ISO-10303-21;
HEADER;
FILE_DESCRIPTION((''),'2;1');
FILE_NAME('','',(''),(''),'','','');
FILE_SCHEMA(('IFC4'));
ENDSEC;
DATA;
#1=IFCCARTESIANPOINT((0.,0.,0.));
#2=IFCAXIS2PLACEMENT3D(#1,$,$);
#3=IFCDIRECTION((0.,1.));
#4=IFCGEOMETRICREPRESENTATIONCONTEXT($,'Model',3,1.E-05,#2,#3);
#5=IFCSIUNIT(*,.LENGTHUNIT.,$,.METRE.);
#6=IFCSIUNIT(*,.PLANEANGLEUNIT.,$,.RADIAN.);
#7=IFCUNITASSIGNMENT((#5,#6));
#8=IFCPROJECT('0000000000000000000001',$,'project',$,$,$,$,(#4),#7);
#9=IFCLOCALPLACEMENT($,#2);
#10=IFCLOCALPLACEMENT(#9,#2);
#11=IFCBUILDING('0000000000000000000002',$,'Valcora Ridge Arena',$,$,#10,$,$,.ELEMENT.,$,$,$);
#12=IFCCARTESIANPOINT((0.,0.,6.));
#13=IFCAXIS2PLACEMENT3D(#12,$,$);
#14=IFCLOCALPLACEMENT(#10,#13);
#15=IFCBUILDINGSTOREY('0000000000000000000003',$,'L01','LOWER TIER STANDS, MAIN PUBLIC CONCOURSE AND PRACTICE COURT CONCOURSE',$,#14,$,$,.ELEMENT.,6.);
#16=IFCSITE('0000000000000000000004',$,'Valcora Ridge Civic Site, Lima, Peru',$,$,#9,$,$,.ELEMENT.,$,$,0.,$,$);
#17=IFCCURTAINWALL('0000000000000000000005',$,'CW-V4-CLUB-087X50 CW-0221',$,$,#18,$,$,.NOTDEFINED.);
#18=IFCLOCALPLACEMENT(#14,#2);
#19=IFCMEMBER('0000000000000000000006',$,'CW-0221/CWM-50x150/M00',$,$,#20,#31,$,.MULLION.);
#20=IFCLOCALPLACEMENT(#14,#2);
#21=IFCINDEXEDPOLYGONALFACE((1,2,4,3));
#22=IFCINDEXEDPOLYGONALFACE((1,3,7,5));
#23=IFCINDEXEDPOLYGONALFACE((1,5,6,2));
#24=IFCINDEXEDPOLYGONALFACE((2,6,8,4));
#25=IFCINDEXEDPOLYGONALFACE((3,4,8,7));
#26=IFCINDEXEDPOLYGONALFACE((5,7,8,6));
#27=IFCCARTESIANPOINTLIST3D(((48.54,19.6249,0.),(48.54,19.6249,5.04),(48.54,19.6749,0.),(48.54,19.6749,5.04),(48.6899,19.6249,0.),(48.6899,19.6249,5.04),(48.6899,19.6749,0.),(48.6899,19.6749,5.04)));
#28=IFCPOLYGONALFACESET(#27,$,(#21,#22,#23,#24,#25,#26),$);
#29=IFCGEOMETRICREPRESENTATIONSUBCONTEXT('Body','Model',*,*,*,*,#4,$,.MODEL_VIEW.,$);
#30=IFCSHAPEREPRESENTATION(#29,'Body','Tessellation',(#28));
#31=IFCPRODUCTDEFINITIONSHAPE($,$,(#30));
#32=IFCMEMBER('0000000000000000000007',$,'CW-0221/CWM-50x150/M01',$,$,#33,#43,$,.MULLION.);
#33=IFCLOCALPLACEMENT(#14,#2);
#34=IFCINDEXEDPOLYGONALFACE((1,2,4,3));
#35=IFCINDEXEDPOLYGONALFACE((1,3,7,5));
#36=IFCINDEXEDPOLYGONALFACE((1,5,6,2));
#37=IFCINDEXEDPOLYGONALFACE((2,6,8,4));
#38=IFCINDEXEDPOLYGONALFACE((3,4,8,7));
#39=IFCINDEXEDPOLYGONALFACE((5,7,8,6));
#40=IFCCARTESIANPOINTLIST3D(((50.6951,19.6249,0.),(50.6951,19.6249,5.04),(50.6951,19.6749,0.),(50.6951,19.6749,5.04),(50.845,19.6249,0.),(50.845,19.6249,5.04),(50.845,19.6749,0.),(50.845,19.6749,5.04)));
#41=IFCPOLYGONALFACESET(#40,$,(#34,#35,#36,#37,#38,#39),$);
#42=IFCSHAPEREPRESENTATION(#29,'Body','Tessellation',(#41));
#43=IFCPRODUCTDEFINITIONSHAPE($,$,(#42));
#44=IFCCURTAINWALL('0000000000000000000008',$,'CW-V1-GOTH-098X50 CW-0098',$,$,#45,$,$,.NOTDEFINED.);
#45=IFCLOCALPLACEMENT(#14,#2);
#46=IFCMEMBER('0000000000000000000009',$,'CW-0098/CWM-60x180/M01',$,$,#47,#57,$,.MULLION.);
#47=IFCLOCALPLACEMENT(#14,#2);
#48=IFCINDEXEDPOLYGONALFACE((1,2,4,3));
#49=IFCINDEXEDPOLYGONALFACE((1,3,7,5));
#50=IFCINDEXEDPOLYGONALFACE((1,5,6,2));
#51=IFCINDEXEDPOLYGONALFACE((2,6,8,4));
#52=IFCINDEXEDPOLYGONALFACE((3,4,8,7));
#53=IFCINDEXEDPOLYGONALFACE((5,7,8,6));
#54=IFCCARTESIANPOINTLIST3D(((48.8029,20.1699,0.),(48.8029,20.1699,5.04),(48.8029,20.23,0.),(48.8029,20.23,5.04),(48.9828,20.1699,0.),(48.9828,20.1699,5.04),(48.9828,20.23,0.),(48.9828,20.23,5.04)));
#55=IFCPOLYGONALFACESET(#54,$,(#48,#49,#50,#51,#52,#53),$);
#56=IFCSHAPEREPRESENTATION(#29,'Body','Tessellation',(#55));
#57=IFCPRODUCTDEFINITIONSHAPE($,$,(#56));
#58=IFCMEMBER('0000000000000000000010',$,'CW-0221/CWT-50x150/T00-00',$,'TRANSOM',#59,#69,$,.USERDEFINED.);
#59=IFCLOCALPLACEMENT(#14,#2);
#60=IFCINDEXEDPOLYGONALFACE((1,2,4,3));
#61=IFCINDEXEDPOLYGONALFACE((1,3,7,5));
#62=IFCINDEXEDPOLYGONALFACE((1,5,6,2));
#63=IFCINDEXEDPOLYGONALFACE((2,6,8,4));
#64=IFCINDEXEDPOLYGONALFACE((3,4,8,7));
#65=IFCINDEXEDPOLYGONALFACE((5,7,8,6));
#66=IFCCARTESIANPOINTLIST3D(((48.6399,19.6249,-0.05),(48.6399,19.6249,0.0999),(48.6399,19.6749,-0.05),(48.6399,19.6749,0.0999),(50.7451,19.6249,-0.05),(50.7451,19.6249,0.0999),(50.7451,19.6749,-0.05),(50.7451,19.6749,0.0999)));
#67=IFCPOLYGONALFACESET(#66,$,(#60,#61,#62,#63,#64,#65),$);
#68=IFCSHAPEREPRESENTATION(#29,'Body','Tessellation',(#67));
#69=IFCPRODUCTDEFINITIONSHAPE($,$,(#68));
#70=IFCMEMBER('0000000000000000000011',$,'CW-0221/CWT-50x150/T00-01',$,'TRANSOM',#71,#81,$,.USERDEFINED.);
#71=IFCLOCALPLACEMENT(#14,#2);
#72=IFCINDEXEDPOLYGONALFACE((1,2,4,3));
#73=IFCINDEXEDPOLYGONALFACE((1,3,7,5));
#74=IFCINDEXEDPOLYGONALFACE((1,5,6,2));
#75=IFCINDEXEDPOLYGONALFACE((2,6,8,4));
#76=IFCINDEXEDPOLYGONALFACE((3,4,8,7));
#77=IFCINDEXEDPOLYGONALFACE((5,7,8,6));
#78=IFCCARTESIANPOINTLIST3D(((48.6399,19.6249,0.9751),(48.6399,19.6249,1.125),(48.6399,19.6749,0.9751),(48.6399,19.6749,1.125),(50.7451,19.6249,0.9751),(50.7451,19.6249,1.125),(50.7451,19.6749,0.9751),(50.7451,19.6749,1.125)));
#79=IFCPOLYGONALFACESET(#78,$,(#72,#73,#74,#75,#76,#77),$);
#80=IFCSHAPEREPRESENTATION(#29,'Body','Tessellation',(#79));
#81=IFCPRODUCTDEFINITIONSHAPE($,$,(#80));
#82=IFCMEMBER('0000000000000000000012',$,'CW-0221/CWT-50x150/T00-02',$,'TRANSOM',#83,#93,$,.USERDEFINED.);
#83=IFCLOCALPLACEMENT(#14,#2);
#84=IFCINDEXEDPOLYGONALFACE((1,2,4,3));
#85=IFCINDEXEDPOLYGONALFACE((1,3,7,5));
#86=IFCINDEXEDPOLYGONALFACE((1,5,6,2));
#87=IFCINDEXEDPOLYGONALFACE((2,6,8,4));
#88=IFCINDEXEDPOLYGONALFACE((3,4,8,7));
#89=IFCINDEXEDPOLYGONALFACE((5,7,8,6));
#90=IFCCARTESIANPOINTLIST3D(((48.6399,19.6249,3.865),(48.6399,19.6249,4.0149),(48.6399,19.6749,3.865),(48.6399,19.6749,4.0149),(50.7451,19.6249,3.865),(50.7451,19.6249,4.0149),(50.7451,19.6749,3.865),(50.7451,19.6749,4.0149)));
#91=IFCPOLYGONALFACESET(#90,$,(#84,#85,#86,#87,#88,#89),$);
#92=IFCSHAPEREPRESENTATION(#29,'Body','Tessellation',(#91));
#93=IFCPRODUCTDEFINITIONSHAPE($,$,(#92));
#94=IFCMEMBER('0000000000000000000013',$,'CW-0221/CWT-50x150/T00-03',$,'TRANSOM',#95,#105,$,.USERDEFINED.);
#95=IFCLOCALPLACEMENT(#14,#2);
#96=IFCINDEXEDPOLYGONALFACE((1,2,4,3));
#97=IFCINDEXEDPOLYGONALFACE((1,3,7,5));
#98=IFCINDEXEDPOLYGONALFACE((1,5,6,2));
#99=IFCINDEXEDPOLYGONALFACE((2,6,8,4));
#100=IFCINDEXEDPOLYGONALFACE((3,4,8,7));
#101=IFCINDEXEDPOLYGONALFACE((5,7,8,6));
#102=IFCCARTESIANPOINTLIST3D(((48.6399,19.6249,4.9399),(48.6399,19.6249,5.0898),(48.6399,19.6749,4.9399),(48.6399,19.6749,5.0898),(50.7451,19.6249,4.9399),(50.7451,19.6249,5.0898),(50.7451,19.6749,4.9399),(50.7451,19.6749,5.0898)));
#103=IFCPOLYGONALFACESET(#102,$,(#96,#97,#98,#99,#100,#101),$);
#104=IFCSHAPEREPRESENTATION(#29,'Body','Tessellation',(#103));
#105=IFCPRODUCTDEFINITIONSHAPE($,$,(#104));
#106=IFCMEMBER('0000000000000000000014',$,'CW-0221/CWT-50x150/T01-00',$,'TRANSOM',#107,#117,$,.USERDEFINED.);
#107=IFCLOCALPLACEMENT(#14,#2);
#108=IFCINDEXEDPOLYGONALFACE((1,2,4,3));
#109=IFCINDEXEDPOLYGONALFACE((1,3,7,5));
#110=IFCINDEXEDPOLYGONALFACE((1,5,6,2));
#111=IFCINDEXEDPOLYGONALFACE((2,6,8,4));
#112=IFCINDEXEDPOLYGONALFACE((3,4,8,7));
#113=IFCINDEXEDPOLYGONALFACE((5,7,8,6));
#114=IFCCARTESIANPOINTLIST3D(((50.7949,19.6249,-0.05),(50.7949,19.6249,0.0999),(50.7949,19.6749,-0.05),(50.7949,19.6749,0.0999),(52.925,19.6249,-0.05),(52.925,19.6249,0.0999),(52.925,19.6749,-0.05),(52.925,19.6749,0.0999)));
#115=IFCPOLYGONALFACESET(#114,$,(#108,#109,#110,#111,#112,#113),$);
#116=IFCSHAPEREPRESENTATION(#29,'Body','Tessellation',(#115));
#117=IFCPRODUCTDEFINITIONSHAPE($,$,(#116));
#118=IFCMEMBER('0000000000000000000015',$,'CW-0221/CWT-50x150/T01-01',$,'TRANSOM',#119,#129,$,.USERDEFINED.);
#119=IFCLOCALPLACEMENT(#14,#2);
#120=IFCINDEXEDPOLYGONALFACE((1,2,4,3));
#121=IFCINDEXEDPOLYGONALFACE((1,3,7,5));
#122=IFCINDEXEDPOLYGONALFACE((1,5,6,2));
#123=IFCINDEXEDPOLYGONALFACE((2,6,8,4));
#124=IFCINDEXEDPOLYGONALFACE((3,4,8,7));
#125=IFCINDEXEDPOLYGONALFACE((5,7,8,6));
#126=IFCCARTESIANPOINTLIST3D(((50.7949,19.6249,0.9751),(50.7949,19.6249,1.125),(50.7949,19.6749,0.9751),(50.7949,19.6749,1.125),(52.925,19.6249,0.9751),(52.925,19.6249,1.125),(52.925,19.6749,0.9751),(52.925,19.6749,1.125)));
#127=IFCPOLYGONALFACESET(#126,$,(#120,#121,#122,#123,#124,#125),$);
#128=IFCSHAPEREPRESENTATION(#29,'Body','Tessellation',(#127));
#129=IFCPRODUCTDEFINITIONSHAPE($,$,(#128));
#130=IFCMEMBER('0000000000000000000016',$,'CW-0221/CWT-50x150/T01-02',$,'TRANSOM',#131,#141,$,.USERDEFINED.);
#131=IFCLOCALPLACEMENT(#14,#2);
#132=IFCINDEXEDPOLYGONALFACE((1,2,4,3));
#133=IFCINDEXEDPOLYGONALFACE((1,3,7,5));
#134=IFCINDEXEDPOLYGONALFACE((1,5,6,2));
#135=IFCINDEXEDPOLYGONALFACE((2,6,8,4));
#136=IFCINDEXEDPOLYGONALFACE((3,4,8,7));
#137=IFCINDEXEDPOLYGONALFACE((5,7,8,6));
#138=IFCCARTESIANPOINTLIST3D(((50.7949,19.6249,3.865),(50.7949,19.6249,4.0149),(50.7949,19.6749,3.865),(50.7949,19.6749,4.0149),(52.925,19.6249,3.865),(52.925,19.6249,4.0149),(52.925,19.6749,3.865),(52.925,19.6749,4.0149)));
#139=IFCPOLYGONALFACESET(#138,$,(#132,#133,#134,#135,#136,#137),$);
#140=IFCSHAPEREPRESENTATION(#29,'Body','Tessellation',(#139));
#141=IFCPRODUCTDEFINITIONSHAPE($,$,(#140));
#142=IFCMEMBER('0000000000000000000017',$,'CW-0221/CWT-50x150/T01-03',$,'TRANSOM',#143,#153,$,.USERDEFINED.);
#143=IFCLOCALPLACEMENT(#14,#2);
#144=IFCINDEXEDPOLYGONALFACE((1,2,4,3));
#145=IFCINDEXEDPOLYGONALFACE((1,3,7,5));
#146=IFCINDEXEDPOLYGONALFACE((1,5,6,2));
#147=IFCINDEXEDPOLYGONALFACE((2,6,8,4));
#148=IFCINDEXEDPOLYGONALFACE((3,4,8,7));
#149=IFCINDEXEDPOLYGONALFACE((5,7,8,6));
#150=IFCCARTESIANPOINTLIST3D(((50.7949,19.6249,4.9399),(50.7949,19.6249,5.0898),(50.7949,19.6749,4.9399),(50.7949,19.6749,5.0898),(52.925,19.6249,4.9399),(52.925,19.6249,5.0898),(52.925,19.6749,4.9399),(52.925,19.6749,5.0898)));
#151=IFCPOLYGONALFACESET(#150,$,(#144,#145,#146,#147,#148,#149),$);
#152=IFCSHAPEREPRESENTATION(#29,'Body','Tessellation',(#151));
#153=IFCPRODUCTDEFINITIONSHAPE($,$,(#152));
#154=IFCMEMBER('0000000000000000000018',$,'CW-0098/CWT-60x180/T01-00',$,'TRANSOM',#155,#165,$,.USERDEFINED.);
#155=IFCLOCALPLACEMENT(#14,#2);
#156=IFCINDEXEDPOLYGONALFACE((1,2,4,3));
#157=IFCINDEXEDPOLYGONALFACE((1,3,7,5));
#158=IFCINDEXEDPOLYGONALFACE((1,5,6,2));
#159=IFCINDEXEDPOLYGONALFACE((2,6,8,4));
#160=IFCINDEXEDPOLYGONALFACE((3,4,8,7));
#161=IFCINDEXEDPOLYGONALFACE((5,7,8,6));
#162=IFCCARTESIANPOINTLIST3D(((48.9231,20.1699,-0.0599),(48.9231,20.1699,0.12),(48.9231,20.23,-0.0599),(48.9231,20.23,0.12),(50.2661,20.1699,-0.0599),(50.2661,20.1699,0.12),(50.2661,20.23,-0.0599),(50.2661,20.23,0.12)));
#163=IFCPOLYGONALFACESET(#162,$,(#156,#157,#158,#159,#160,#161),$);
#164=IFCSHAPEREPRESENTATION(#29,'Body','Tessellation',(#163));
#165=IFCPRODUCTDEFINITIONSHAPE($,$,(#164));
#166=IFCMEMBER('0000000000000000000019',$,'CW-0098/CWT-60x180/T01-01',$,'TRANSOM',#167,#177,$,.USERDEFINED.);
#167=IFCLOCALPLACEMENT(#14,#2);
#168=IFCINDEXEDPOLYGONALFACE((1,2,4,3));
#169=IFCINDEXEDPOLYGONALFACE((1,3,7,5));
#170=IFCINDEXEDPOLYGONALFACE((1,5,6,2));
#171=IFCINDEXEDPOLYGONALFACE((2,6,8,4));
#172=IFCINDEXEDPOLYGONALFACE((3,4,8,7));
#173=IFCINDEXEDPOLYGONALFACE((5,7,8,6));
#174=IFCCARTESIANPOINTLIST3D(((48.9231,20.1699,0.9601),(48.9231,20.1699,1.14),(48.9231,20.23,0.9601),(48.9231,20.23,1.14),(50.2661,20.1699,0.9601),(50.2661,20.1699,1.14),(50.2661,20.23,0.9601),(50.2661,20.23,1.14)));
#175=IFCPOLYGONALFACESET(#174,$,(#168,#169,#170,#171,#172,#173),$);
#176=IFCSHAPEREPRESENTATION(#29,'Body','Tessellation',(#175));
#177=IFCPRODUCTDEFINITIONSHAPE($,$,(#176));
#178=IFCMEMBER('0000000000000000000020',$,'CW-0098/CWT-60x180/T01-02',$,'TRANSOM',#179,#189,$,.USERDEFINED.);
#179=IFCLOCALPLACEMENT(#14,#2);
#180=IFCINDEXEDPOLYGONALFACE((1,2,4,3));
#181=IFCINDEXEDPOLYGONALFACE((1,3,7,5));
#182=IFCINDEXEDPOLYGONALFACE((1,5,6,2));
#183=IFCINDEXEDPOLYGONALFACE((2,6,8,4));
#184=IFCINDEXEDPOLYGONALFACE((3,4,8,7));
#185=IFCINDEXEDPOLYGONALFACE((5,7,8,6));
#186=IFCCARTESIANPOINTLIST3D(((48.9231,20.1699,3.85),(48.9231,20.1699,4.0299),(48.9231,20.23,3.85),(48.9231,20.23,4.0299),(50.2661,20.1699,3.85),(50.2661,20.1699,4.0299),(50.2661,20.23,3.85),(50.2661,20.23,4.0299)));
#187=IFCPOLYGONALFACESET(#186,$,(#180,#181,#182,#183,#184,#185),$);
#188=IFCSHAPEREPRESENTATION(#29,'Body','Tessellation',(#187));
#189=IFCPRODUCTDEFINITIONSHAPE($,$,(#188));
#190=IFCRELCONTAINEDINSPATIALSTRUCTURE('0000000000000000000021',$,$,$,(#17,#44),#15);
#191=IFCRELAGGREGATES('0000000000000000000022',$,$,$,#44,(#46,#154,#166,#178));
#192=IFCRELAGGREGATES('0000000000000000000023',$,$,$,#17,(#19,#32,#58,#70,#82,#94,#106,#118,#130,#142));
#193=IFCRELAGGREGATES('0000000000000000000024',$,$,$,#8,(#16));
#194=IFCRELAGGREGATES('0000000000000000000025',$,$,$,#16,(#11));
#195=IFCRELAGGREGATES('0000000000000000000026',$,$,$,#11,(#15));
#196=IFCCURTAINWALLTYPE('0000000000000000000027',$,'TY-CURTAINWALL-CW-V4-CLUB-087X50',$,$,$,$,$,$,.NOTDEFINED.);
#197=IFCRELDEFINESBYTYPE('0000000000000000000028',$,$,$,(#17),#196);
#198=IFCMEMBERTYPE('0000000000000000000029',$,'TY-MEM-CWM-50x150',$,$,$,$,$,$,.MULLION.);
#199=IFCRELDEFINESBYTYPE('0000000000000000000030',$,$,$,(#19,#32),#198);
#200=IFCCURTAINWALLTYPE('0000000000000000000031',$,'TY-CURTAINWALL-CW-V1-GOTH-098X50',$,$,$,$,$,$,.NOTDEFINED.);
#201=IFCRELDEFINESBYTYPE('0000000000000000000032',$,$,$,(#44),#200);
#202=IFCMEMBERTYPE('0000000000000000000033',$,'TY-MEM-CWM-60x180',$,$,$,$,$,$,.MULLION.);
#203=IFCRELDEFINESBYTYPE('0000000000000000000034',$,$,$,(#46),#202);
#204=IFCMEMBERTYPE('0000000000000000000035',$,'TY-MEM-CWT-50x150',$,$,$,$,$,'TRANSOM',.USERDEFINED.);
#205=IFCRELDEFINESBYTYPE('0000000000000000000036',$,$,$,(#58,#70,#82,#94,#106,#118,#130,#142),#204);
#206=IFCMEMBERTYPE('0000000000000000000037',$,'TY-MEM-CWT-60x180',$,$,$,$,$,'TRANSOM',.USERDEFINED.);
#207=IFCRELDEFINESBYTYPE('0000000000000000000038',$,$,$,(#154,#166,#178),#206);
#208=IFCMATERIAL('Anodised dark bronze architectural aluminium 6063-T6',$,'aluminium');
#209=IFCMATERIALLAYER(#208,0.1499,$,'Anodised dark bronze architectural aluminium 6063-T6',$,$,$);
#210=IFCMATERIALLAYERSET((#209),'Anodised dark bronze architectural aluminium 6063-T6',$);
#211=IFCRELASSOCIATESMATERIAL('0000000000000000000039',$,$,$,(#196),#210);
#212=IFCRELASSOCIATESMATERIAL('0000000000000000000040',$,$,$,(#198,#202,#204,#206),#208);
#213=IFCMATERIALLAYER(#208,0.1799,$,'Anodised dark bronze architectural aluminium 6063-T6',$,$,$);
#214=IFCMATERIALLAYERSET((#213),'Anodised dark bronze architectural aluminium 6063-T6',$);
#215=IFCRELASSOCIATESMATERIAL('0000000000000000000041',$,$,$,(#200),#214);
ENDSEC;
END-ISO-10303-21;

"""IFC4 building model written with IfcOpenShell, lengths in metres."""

from ifc_helpers import new_model, si_unit, direction, frame, origin, origin_2d, place, context, subcontext, project, spatial, rectangle, extrude, material, layer, layer_set, material_profile, profile_set, type_object, element, aggregate, save


model = new_model("IFC4")

# Units and contexts
model_context = context("Model", 3, precision=1e-05, world=origin(), true_north=direction((0.0, 1.0)))
body_context = subcontext(model_context, "Body", "Model", "MODEL_VIEW")
ifc_project = project(units=[si_unit("LENGTHUNIT", "METRE"), si_unit("PLANEANGLEUNIT", "RADIAN")], contexts=[model_context])

# Site, building, storey
site_placement = place(None, origin())
site = spatial("IfcSite", under=ifc_project, at=site_placement, Name="Valcora Ridge Civic Site, Lima, Peru", CompositionType="ELEMENT", RefElevation=0.0)
building_placement = place(site_placement, origin())
building = spatial("IfcBuilding", under=site, at=building_placement, Name="Valcora Ridge Arena", CompositionType="ELEMENT")
storey_placement = place(building_placement, frame((0.0, 0.0, 6.0)))
storey = spatial("IfcBuildingStorey", under=building, at=storey_placement, Name="L01", Description="LOWER TIER STANDS, MAIN PUBLIC CONCOURSE AND PRACTICE COURT CONCOURSE", CompositionType="ELEMENT", Elevation=6.0)

# Curtain wall, members
ifc_material_1 = material(Name="Anodised dark bronze architectural aluminium 6063-T6", Category="aluminium")
ifc_layer_1 = layer(ifc_material_1, 0.1499, Name="Anodised dark bronze architectural aluminium 6063-T6")
ifc_layer_set_1 = layer_set([ifc_layer_1], Name="Anodised dark bronze architectural aluminium 6063-T6")
curtain_wall_type_1 = type_object("IfcCurtainWallType", Name="TY-CURTAINWALL-CW-V4-CLUB-087X50", PredefinedType="NOTDEFINED", material=ifc_layer_set_1)
curtain_wall_1_placement = place(storey_placement, origin())
curtain_wall_1 = element("IfcCurtainWall", 1, at=curtain_wall_1_placement, inside=storey, type_object=curtain_wall_type_1, Name="CW-V4-CLUB-087X50 CW-0221", PredefinedType="NOTDEFINED")
ifc_material_profile_1 = material_profile(ifc_material_1, rectangle(XDim=0.05, YDim=0.1499, at=origin_2d()), Name="ALU MULLION 50x150")
ifc_profile_set_1 = profile_set([ifc_material_profile_1], Name="Anodised dark bronze architectural aluminium 6063-T6")
member_type_1 = type_object("IfcMemberType", Name="TY-MEM-CWM-50x150", PredefinedType="MULLION", material=ifc_profile_set_1)
member_1_placement = place(storey_placement, frame((48.615, 19.6499, 0.0), z_axis=(0.0, 0.0, 1.0), x_axis=(0.0, 1.0, 0.0)))
member_1 = element("IfcMember", 2, at=member_1_placement, type_object=member_type_1, Name="CW-0221/CWM-50x150/M00", PredefinedType="MULLION", context=body_context, shape_type="SweptSolid", body=[
    extrude(rectangle(XDim=0.05, YDim=0.1499, at=origin_2d()), origin(), (0.0, 0.0, 1.0), 5.04),
])
member_2_placement = place(storey_placement, frame((50.77, 19.6499, 0.0), z_axis=(0.0, 0.0, 1.0), x_axis=(0.0, 1.0, 0.0)))
member_2 = element("IfcMember", 3, at=member_2_placement, type_object=member_type_1, Name="CW-0221/CWM-50x150/M01", PredefinedType="MULLION", context=body_context, shape_type="SweptSolid", body=[
    extrude(rectangle(XDim=0.05, YDim=0.1499, at=origin_2d()), origin(), (0.0, 0.0, 1.0), 5.04),
])

# Curtain wall, member
ifc_layer_2 = layer(ifc_material_1, 0.1799, Name="Anodised dark bronze architectural aluminium 6063-T6")
ifc_layer_set_2 = layer_set([ifc_layer_2], Name="Anodised dark bronze architectural aluminium 6063-T6")
curtain_wall_type_2 = type_object("IfcCurtainWallType", Name="TY-CURTAINWALL-CW-V1-GOTH-098X50", PredefinedType="NOTDEFINED", material=ifc_layer_set_2)
curtain_wall_2_placement = place(storey_placement, origin())
curtain_wall_2 = element("IfcCurtainWall", 4, at=curtain_wall_2_placement, inside=storey, type_object=curtain_wall_type_2, Name="CW-V1-GOTH-098X50 CW-0098", PredefinedType="NOTDEFINED")
ifc_material_profile_2 = material_profile(ifc_material_1, rectangle(XDim=0.0601, YDim=0.1799, at=origin_2d()), Name="ALU MULLION 60x180")
ifc_profile_set_2 = profile_set([ifc_material_profile_2], Name="Anodised dark bronze architectural aluminium 6063-T6")
member_type_2 = type_object("IfcMemberType", Name="TY-MEM-CWM-60x180", PredefinedType="MULLION", material=ifc_profile_set_2)
member_3_placement = place(storey_placement, frame((48.8928, 20.2, 0.0), z_axis=(0.0, 0.0, 1.0), x_axis=(0.0, 1.0, 0.0)))
member_3 = element("IfcMember", 5, at=member_3_placement, type_object=member_type_2, Name="CW-0098/CWM-60x180/M01", PredefinedType="MULLION", context=body_context, shape_type="SweptSolid", body=[
    extrude(rectangle(XDim=0.0601, YDim=0.1799, at=origin_2d()), origin(), (0.0, 0.0, 1.0), 5.04),
])

# Members
ifc_material_profile_3 = material_profile(ifc_material_1, rectangle(XDim=0.05, YDim=0.1499, at=origin_2d()), Name="ALU TRANSOM 50x150")
ifc_profile_set_3 = profile_set([ifc_material_profile_3], Name="Anodised dark bronze architectural aluminium 6063-T6")
member_type_3 = type_object("IfcMemberType", Name="TY-MEM-CWT-50x150", ElementType="TRANSOM", PredefinedType="USERDEFINED", material=ifc_profile_set_3)
member_4_placement = place(storey_placement, frame((48.6399, 19.6499, 0.0249), z_axis=(1.0, 0.0, 0.0), x_axis=(0.0, 1.0, 0.0)))
member_4 = element("IfcMember", 6, at=member_4_placement, type_object=member_type_3, Name="CW-0221/CWT-50x150/T00-00", ObjectType="TRANSOM", PredefinedType="USERDEFINED", context=body_context, shape_type="SweptSolid", body=[
    extrude(rectangle(XDim=0.05, YDim=0.1499, at=origin_2d()), origin(), (0.0, 0.0, 1.0), 2.1052),
])
member_5_placement = place(storey_placement, frame((48.6399, 19.6499, 1.05), z_axis=(1.0, 0.0, 0.0), x_axis=(0.0, 1.0, 0.0)))
member_5 = element("IfcMember", 7, at=member_5_placement, type_object=member_type_3, Name="CW-0221/CWT-50x150/T00-01", ObjectType="TRANSOM", PredefinedType="USERDEFINED", context=body_context, shape_type="SweptSolid", body=[
    extrude(rectangle(XDim=0.05, YDim=0.1499, at=origin_2d()), origin(), (0.0, 0.0, 1.0), 2.1052),
])
member_6_placement = place(storey_placement, frame((48.6399, 19.6499, 3.9399), z_axis=(1.0, 0.0, 0.0), x_axis=(0.0, 1.0, 0.0)))
member_6 = element("IfcMember", 8, at=member_6_placement, type_object=member_type_3, Name="CW-0221/CWT-50x150/T00-02", ObjectType="TRANSOM", PredefinedType="USERDEFINED", context=body_context, shape_type="SweptSolid", body=[
    extrude(rectangle(XDim=0.05, YDim=0.1499, at=origin_2d()), origin(), (0.0, 0.0, 1.0), 2.1052),
])
member_7_placement = place(storey_placement, frame((48.6399, 19.6499, 5.0149), z_axis=(1.0, 0.0, 0.0), x_axis=(0.0, 1.0, 0.0)))
member_7 = element("IfcMember", 9, at=member_7_placement, type_object=member_type_3, Name="CW-0221/CWT-50x150/T00-03", ObjectType="TRANSOM", PredefinedType="USERDEFINED", context=body_context, shape_type="SweptSolid", body=[
    extrude(rectangle(XDim=0.05, YDim=0.1499, at=origin_2d()), origin(), (0.0, 0.0, 1.0), 2.1052),
])
member_8_placement = place(storey_placement, frame((50.7949, 19.6499, 0.0249), z_axis=(1.0, 0.0, 0.0), x_axis=(0.0, 1.0, 0.0)))
member_8 = element("IfcMember", 10, at=member_8_placement, type_object=member_type_3, Name="CW-0221/CWT-50x150/T01-00", ObjectType="TRANSOM", PredefinedType="USERDEFINED", context=body_context, shape_type="SweptSolid", body=[
    extrude(rectangle(XDim=0.05, YDim=0.1499, at=origin_2d()), origin(), (0.0, 0.0, 1.0), 2.1301),
])
member_9_placement = place(storey_placement, frame((50.7949, 19.6499, 1.05), z_axis=(1.0, 0.0, 0.0), x_axis=(0.0, 1.0, 0.0)))
member_9 = element("IfcMember", 11, at=member_9_placement, type_object=member_type_3, Name="CW-0221/CWT-50x150/T01-01", ObjectType="TRANSOM", PredefinedType="USERDEFINED", context=body_context, shape_type="SweptSolid", body=[
    extrude(rectangle(XDim=0.05, YDim=0.1499, at=origin_2d()), origin(), (0.0, 0.0, 1.0), 2.1301),
])
member_10_placement = place(storey_placement, frame((50.7949, 19.6499, 3.9399), z_axis=(1.0, 0.0, 0.0), x_axis=(0.0, 1.0, 0.0)))
member_10 = element("IfcMember", 12, at=member_10_placement, type_object=member_type_3, Name="CW-0221/CWT-50x150/T01-02", ObjectType="TRANSOM", PredefinedType="USERDEFINED", context=body_context, shape_type="SweptSolid", body=[
    extrude(rectangle(XDim=0.05, YDim=0.1499, at=origin_2d()), origin(), (0.0, 0.0, 1.0), 2.1301),
])
member_11_placement = place(storey_placement, frame((50.7949, 19.6499, 5.0149), z_axis=(1.0, 0.0, 0.0), x_axis=(0.0, 1.0, 0.0)))
member_11 = element("IfcMember", 13, at=member_11_placement, type_object=member_type_3, Name="CW-0221/CWT-50x150/T01-03", ObjectType="TRANSOM", PredefinedType="USERDEFINED", context=body_context, shape_type="SweptSolid", body=[
    extrude(rectangle(XDim=0.05, YDim=0.1499, at=origin_2d()), origin(), (0.0, 0.0, 1.0), 2.1301),
])
ifc_material_profile_4 = material_profile(ifc_material_1, rectangle(XDim=0.0601, YDim=0.1799, at=origin_2d()), Name="ALU TRANSOM 60x180")
ifc_profile_set_4 = profile_set([ifc_material_profile_4], Name="Anodised dark bronze architectural aluminium 6063-T6")
member_type_4 = type_object("IfcMemberType", Name="TY-MEM-CWT-60x180", ElementType="TRANSOM", PredefinedType="USERDEFINED", material=ifc_profile_set_4)
member_12_placement = place(storey_placement, frame((48.9231, 20.2, 0.03), z_axis=(1.0, 0.0, 0.0), x_axis=(0.0, 1.0, 0.0)))
member_12 = element("IfcMember", 14, at=member_12_placement, type_object=member_type_4, Name="CW-0098/CWT-60x180/T01-00", ObjectType="TRANSOM", PredefinedType="USERDEFINED", context=body_context, shape_type="SweptSolid", body=[
    extrude(rectangle(XDim=0.0601, YDim=0.1799, at=origin_2d()), origin(), (0.0, 0.0, 1.0), 1.343),
])
member_13_placement = place(storey_placement, frame((48.9231, 20.2, 1.05), z_axis=(1.0, 0.0, 0.0), x_axis=(0.0, 1.0, 0.0)))
member_13 = element("IfcMember", 15, at=member_13_placement, type_object=member_type_4, Name="CW-0098/CWT-60x180/T01-01", ObjectType="TRANSOM", PredefinedType="USERDEFINED", context=body_context, shape_type="SweptSolid", body=[
    extrude(rectangle(XDim=0.0601, YDim=0.1799, at=origin_2d()), origin(), (0.0, 0.0, 1.0), 1.343),
])
member_14_placement = place(storey_placement, frame((48.9231, 20.2, 3.9399), z_axis=(1.0, 0.0, 0.0), x_axis=(0.0, 1.0, 0.0)))
member_14 = element("IfcMember", 16, at=member_14_placement, type_object=member_type_4, Name="CW-0098/CWT-60x180/T01-02", ObjectType="TRANSOM", PredefinedType="USERDEFINED", context=body_context, shape_type="SweptSolid", body=[
    extrude(rectangle(XDim=0.0601, YDim=0.1799, at=origin_2d()), origin(), (0.0, 0.0, 1.0), 1.343),
])

aggregate(curtain_wall_2, [member_3, member_12, member_13, member_14])
aggregate(curtain_wall_1, [member_1, member_2, member_4, member_5, member_6, member_7, member_8, member_9, member_10, member_11])

save(model, "model.ifc")
